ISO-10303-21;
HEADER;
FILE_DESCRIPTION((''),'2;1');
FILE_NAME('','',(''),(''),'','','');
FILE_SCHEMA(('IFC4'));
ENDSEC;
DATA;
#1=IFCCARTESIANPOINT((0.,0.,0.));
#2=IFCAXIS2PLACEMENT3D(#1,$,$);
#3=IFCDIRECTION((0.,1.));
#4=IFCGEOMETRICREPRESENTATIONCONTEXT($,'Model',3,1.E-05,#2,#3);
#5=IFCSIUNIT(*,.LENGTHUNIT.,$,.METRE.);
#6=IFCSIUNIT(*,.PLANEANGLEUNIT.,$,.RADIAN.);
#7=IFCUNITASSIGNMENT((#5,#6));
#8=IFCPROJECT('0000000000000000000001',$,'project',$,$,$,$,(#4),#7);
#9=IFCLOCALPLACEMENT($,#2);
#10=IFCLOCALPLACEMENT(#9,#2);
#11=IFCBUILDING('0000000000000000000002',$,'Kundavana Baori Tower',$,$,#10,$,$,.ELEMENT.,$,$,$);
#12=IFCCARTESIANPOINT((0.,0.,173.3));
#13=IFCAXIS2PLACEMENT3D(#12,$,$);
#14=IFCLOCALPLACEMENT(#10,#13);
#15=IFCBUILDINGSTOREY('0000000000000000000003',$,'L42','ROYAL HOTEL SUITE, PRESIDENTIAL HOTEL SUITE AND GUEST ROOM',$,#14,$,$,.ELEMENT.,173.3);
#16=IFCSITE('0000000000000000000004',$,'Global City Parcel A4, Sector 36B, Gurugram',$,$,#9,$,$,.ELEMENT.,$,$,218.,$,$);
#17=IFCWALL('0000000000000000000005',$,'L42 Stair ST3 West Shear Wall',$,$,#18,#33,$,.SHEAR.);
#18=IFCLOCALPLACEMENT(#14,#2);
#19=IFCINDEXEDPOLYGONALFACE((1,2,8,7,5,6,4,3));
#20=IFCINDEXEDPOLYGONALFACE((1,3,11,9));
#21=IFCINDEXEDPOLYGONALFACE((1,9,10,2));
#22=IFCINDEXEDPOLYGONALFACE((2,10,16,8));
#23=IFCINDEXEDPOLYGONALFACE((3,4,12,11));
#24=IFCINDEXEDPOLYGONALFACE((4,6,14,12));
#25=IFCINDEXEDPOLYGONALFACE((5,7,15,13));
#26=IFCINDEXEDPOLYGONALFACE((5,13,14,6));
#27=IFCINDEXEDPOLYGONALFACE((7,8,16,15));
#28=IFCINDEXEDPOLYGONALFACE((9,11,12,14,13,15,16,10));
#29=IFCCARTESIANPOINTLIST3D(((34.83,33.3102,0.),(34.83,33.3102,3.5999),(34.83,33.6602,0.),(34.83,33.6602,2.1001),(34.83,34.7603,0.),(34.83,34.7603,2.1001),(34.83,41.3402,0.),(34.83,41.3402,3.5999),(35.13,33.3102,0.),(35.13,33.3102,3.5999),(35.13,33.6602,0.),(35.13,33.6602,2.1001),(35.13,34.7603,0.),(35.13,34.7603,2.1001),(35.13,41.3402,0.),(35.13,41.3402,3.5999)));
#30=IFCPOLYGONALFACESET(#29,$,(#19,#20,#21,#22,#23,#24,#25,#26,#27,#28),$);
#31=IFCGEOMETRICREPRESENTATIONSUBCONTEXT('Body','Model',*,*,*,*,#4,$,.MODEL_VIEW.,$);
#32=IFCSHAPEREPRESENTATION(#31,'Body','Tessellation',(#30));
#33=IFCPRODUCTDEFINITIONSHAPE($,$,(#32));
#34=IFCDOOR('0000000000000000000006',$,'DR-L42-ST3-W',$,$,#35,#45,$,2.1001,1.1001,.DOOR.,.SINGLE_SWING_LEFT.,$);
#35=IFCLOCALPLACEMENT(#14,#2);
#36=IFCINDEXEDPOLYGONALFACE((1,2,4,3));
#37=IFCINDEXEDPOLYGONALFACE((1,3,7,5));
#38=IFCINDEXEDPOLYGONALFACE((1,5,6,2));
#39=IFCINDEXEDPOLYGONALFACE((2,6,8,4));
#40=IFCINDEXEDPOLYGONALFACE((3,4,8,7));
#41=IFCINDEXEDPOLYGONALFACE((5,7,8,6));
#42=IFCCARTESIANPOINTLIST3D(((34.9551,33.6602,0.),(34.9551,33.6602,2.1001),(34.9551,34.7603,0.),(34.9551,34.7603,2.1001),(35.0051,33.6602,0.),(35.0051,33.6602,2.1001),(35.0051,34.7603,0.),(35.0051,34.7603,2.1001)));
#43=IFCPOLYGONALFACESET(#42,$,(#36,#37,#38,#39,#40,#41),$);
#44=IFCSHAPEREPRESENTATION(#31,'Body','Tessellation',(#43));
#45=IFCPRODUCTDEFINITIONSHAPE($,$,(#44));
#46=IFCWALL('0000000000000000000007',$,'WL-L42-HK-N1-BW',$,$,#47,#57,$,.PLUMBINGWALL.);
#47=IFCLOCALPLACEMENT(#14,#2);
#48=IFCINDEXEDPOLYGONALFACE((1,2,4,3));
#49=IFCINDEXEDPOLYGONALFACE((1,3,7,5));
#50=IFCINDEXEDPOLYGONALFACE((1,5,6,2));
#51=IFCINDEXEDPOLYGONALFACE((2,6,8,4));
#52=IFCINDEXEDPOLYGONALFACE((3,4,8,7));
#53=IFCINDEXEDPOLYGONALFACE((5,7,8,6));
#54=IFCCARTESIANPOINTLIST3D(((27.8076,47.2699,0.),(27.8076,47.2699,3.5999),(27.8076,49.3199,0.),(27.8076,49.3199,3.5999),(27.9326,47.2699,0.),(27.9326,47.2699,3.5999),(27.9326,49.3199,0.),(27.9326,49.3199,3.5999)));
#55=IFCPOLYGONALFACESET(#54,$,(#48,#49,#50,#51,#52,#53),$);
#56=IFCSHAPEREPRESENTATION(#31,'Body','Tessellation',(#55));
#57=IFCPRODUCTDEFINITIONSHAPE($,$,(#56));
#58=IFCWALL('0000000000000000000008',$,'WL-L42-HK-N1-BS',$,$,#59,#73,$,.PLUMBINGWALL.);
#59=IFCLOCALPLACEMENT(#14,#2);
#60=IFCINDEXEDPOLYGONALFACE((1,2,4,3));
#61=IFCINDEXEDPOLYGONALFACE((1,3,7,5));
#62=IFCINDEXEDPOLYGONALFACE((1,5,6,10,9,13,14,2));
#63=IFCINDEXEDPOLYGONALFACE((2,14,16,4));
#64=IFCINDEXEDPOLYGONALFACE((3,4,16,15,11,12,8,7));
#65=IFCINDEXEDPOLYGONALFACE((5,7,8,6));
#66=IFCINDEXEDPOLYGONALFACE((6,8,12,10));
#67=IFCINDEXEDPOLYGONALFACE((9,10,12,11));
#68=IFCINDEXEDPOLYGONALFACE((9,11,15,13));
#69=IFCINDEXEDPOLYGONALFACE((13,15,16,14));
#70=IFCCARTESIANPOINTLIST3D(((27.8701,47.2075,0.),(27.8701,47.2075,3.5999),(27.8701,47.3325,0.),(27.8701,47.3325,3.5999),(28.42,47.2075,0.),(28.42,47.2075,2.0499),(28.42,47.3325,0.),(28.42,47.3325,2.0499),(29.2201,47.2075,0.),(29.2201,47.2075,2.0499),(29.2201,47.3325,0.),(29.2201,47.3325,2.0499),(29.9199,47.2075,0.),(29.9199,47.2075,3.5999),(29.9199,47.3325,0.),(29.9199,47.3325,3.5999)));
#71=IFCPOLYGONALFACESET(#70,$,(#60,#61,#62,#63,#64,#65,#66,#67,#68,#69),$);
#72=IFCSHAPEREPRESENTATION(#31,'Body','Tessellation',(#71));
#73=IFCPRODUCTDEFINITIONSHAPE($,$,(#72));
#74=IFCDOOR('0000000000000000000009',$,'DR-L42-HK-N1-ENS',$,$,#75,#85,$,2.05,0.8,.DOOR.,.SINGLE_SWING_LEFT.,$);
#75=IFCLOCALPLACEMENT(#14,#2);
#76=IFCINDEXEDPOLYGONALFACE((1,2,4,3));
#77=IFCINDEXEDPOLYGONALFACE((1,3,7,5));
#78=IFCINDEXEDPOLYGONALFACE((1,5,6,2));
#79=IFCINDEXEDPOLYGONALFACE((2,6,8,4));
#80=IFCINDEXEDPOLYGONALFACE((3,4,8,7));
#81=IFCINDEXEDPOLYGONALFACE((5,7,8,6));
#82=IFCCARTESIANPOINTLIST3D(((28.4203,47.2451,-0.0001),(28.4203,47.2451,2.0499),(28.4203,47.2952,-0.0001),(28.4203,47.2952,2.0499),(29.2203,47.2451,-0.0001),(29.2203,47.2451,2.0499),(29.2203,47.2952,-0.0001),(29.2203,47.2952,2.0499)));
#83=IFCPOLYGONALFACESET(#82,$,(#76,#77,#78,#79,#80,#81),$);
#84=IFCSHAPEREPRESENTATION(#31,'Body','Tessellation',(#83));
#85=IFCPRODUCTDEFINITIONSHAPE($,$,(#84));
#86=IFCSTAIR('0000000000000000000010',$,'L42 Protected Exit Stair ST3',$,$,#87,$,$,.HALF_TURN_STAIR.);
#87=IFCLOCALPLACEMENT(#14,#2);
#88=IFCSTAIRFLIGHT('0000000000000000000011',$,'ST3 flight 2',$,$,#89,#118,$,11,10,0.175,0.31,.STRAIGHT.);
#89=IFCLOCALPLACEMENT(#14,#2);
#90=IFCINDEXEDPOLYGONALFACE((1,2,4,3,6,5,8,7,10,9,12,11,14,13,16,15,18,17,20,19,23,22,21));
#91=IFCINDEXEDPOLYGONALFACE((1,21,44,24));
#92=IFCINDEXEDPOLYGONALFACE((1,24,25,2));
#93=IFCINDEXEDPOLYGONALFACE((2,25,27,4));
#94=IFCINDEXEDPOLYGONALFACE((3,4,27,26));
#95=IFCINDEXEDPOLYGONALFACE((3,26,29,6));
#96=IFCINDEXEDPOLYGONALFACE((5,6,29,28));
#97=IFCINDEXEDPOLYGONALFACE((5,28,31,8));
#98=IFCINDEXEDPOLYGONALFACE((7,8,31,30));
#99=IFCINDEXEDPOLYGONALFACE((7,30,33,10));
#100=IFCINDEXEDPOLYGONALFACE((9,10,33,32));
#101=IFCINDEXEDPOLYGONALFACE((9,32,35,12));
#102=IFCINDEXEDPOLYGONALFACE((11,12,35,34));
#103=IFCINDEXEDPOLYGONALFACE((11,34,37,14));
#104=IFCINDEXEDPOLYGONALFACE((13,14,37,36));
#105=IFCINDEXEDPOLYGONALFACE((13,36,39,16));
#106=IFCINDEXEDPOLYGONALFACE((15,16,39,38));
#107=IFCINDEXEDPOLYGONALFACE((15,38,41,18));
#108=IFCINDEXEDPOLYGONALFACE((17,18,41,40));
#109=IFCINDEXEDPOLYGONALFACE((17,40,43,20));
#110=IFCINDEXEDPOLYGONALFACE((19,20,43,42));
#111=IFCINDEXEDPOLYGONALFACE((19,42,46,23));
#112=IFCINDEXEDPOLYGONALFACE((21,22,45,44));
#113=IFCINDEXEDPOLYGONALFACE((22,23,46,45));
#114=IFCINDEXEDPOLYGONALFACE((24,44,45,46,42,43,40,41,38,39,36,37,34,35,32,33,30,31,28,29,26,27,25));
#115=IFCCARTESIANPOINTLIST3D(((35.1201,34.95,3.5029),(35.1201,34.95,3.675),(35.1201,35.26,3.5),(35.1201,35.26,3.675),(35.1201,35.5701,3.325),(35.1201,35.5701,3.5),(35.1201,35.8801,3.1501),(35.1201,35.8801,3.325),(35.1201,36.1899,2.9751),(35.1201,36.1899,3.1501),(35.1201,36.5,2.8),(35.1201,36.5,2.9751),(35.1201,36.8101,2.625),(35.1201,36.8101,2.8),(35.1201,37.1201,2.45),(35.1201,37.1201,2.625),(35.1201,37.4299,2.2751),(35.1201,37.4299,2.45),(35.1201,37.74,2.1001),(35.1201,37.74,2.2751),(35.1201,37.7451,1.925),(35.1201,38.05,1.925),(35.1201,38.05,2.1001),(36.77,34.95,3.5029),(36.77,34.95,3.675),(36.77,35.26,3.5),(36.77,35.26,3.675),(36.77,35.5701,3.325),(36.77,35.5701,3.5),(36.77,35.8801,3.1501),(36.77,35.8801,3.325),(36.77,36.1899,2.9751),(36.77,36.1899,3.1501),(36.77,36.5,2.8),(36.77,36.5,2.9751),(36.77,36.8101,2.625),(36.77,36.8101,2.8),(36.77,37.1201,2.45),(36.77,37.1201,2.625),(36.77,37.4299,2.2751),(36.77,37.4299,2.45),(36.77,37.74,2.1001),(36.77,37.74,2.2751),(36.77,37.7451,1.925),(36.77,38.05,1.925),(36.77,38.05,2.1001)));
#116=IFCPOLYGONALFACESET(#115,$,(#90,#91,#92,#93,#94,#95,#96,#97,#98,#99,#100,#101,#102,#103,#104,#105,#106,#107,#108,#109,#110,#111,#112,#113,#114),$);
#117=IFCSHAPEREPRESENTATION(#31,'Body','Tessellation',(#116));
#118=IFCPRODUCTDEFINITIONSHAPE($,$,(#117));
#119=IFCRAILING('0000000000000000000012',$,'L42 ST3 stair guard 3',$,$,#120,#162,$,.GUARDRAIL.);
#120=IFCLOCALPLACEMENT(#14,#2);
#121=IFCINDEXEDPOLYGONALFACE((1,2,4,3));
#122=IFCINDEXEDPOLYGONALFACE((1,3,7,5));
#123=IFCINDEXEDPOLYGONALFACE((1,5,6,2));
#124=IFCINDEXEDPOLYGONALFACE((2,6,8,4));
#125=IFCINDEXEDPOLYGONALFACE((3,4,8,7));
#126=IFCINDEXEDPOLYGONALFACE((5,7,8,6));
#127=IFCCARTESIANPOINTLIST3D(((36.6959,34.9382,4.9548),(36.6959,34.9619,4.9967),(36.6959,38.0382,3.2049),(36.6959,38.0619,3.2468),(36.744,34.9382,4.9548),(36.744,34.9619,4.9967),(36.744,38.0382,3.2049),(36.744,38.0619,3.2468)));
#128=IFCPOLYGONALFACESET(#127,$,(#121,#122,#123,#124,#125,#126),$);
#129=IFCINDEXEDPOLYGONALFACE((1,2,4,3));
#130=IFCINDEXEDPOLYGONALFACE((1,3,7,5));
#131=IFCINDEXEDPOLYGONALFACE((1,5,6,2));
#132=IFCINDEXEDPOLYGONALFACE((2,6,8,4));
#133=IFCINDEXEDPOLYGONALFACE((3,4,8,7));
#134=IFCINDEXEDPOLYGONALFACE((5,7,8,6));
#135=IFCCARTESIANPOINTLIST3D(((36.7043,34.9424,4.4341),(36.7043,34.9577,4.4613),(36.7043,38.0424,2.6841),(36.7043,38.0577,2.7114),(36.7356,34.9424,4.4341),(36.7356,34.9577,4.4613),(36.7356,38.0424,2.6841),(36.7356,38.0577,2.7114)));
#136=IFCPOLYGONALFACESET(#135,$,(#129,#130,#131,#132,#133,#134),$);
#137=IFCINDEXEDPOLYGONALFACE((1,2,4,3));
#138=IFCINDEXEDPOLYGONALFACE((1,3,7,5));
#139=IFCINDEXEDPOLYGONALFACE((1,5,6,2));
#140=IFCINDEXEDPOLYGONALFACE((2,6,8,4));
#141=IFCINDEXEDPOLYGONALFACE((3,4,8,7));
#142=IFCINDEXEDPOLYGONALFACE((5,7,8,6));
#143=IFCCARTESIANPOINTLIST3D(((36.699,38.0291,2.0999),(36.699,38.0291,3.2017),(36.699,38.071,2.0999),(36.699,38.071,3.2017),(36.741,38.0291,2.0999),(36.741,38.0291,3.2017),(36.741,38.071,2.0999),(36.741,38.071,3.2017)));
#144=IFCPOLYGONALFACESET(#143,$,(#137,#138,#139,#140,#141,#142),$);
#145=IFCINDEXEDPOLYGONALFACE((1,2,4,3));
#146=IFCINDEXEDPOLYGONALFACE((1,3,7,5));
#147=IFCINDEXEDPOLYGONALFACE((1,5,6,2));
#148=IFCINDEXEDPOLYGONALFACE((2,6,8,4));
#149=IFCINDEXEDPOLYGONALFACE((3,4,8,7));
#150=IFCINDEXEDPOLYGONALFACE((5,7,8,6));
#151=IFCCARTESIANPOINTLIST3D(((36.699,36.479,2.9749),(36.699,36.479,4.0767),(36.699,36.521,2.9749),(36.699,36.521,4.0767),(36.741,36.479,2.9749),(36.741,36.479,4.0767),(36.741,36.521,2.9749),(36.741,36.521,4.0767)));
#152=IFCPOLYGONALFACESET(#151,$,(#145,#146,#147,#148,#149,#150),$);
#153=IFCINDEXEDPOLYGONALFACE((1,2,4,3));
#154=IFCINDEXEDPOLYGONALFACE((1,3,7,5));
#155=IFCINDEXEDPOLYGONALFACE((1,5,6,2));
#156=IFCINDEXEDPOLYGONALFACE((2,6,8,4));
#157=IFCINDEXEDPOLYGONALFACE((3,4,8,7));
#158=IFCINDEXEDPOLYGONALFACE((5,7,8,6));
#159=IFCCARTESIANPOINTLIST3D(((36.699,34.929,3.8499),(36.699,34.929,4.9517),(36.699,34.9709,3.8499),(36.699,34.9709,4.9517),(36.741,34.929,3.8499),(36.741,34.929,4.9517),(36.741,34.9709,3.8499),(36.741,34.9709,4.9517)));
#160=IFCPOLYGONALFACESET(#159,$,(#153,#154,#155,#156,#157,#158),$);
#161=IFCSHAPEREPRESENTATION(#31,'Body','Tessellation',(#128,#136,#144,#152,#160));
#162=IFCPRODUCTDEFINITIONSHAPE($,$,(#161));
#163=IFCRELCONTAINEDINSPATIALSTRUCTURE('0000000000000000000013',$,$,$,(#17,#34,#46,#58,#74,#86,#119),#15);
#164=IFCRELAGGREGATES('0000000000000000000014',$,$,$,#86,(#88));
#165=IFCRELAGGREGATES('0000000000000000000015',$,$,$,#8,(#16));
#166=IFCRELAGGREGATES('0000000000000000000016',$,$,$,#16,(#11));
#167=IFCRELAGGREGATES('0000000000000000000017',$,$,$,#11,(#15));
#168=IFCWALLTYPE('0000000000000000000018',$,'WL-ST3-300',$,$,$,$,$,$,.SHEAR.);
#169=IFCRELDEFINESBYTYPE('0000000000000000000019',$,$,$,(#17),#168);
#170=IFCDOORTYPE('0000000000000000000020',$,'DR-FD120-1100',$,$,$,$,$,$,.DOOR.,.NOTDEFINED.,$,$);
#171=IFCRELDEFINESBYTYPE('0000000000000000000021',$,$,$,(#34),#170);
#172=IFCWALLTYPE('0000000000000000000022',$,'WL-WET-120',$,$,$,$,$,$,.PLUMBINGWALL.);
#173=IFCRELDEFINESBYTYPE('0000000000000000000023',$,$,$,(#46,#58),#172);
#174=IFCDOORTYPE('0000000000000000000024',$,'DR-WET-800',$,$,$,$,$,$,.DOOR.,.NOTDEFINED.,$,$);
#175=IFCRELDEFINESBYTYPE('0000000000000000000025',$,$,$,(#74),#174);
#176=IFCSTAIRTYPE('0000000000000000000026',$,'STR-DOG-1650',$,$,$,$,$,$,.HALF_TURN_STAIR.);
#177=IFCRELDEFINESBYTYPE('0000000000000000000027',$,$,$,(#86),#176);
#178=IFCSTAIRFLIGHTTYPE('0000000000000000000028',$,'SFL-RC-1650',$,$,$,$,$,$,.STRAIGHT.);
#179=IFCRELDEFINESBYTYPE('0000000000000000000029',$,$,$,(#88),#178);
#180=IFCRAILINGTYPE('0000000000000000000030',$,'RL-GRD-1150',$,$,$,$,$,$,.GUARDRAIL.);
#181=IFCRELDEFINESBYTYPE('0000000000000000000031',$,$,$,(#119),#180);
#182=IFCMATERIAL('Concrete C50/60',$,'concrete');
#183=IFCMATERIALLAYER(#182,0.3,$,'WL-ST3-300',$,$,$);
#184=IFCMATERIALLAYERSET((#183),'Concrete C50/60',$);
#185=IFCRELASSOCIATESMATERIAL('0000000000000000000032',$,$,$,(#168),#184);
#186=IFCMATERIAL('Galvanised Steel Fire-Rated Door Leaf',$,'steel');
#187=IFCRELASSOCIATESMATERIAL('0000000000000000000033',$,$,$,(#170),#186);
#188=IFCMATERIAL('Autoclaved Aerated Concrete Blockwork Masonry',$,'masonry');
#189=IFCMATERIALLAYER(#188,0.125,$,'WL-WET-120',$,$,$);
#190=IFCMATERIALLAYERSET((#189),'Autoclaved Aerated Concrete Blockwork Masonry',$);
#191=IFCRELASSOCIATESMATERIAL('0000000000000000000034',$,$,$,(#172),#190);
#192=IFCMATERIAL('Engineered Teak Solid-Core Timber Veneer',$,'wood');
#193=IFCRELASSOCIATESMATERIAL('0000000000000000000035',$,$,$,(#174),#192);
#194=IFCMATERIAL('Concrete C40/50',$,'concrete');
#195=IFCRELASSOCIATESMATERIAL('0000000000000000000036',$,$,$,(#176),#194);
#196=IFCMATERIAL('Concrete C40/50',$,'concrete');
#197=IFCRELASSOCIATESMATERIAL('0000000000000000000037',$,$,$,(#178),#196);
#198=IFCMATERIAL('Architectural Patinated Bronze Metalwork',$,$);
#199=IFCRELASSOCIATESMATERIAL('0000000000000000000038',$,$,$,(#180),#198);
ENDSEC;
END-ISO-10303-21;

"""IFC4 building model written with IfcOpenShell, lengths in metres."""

from ifc_helpers import new_model, si_unit, direction, frame, frame_2d, origin, origin_2d, place, context, subcontext, project, spatial, polyline, rectangle, outline, extrude, material, layer, layer_set, type_object, element, fill, aggregate, save


model = new_model("IFC4")

# Units and contexts
model_context = context("Model", 3, precision=1e-05, world=origin(), true_north=direction((0.0, 1.0)))
body_context = subcontext(model_context, "Body", "Model", "MODEL_VIEW")
ifc_project = project(units=[si_unit("LENGTHUNIT", "METRE"), si_unit("PLANEANGLEUNIT", "RADIAN")], contexts=[model_context])

# Site, building, storey
site_placement = place(None, origin())
site = spatial("IfcSite", under=ifc_project, at=site_placement, Name="Global City Parcel A4, Sector 36B, Gurugram", CompositionType="ELEMENT", RefElevation=218.0)
building_placement = place(site_placement, origin())
building = spatial("IfcBuilding", under=site, at=building_placement, Name="Kundavana Baori Tower", CompositionType="ELEMENT")
storey_placement = place(building_placement, frame((0.0, 0.0, 173.3)))
storey = spatial("IfcBuildingStorey", under=building, at=storey_placement, Name="L42", Description="ROYAL HOTEL SUITE, PRESIDENTIAL HOTEL SUITE AND GUEST ROOM", CompositionType="ELEMENT", Elevation=173.3)

# Shared definitions
ifc_material_1 = material(Name="Concrete C50/60", Category="concrete")
ifc_layer_1 = layer(ifc_material_1, 0.3, Name="WL-ST3-300")
ifc_layer_set_1 = layer_set([ifc_layer_1], Name="Concrete C50/60")
wall_type_1 = type_object("IfcWallType", Name="WL-ST3-300", PredefinedType="SHEAR", material=ifc_layer_set_1)

# Wall, opening, door
wall_1_placement = place(storey_placement, frame((34.98, 33.3101, 0.0), z_axis=(0.0, 0.0, 1.0), x_axis=(0.0, 1.0, 0.0)))
wall_1 = element("IfcWall", 1, at=wall_1_placement, inside=storey, type_object=wall_type_1, Name="L42 Stair ST3 West Shear Wall", PredefinedType="SHEAR", context=body_context, shape_type="SweptSolid", body=[
    extrude(rectangle(XDim=8.03, YDim=0.3, at=frame_2d((4.0151, 0.0))), origin(), (0.0, 0.0, 1.0), 3.5999),
])
opening_1_placement = place(wall_1_placement, frame((0.3501, 0.0, 0.0)))
opening_1 = element("IfcOpeningElement", 2, at=opening_1_placement, cuts=wall_1, PredefinedType="OPENING", context=body_context, shape_type="SweptSolid", body=[
    extrude(rectangle(XDim=1.1001, YDim=2.1001, at=frame_2d((0.55, 1.05))), frame((0.0, 0.1602, 0.0), z_axis=(0.0, -1.0, 0.0), x_axis=(1.0, 0.0, 0.0)), (0.0, 0.0, 1.0), 0.3201),
])
ifc_material_2 = material(Name="Galvanised Steel Fire-Rated Door Leaf", Category="steel")
door_type_1 = type_object("IfcDoorType", Name="DR-FD120-1100", OperationType="NOTDEFINED", PredefinedType="DOOR", material=ifc_material_2)
door_1_placement = place(opening_1_placement, origin())
door_1 = element("IfcDoor", 3, at=door_1_placement, inside=storey, type_object=door_type_1, Name="DR-L42-ST3-W", OperationType="SINGLE_SWING_LEFT", OverallHeight=2.1001, OverallWidth=1.1001, PredefinedType="DOOR", context=body_context, shape_type="SweptSolid", body=[
    extrude(rectangle(XDim=1.1001, YDim=2.1001, at=frame_2d((0.55, 1.05))), frame((0.0, 0.0249, 0.0), z_axis=(0.0, -1.0, 0.0), x_axis=(1.0, 0.0, 0.0)), (0.0, 0.0, 1.0), 0.05),
])
fill(opening_1, door_1)

# Wall
ifc_material_3 = material(Name="Autoclaved Aerated Concrete Blockwork Masonry", Category="masonry")
ifc_layer_2 = layer(ifc_material_3, 0.125, Name="WL-WET-120")
ifc_layer_set_2 = layer_set([ifc_layer_2], Name="Autoclaved Aerated Concrete Blockwork Masonry")
wall_type_2 = type_object("IfcWallType", Name="WL-WET-120", PredefinedType="PLUMBINGWALL", material=ifc_layer_set_2)
wall_2_placement = place(storey_placement, frame((27.8701, 47.27, 0.0), z_axis=(0.0, 0.0, 1.0), x_axis=(0.0, 1.0, 0.0)))
element("IfcWall", 4, at=wall_2_placement, inside=storey, type_object=wall_type_2, Name="WL-L42-HK-N1-BW", PredefinedType="PLUMBINGWALL", context=body_context, shape_type="SweptSolid", body=[
    extrude(rectangle(XDim=2.05, YDim=0.125, at=frame_2d((1.0249, 0.0))), origin(), (0.0, 0.0, 1.0), 3.5999),
])

# Wall, opening, door
wall_3_placement = place(storey_placement, frame((27.8701, 47.27, 0.0), z_axis=(0.0, 0.0, 1.0), x_axis=(1.0, 0.0, 0.0)))
wall_3 = element("IfcWall", 5, at=wall_3_placement, inside=storey, type_object=wall_type_2, Name="WL-L42-HK-N1-BS", PredefinedType="PLUMBINGWALL", context=body_context, shape_type="SweptSolid", body=[
    extrude(rectangle(XDim=2.0498, YDim=0.125, at=frame_2d((1.0249, 0.0))), origin(), (0.0, 0.0, 1.0), 3.5999),
])
opening_2_placement = place(wall_3_placement, frame((0.55, 0.0, 0.0)))
opening_2 = element("IfcOpeningElement", 6, at=opening_2_placement, cuts=wall_3, PredefinedType="OPENING", context=body_context, shape_type="SweptSolid", body=[
    extrude(rectangle(XDim=0.8, YDim=2.05, at=frame_2d((0.3999, 1.0249))), frame((0.0, 0.0725, 0.0), z_axis=(0.0, -1.0, 0.0), x_axis=(1.0, 0.0, 0.0)), (0.0, 0.0, 1.0), 0.145),
])
ifc_material_4 = material(Name="Engineered Teak Solid-Core Timber Veneer", Category="wood")
door_type_2 = type_object("IfcDoorType", Name="DR-WET-800", OperationType="NOTDEFINED", PredefinedType="DOOR", material=ifc_material_4)
door_2_placement = place(opening_2_placement, frame((0.8, 0.0, 0.0), z_axis=(0.0, 0.0, 1.0), x_axis=(-1.0, 0.0, 0.0)))
door_2 = element("IfcDoor", 7, at=door_2_placement, inside=storey, type_object=door_type_2, Name="DR-L42-HK-N1-ENS", OperationType="SINGLE_SWING_LEFT", OverallHeight=2.05, OverallWidth=0.8, PredefinedType="DOOR", context=body_context, shape_type="SweptSolid", body=[
    extrude(rectangle(XDim=0.8, YDim=2.05, at=frame_2d((0.3999, 1.0249))), frame((0.0, 0.0249, 0.0), z_axis=(0.0, -1.0, 0.0), x_axis=(1.0, 0.0, 0.0)), (0.0, 0.0, 1.0), 0.05),
])
fill(opening_2, door_2)

# Stair, stair flight
ifc_material_5 = material(Name="Concrete C40/50", Category="concrete")
stair_type = type_object("IfcStairType", Name="STR-DOG-1650", PredefinedType="HALF_TURN_STAIR", material=ifc_material_5)
stair_placement = place(storey_placement, origin())
stair = element("IfcStair", 8, at=stair_placement, inside=storey, type_object=stair_type, Name="L42 Protected Exit Stair ST3", PredefinedType="HALF_TURN_STAIR")
ifc_material_6 = material(Name="Concrete C40/50", Category="concrete")
stair_flight_type = type_object("IfcStairFlightType", Name="SFL-RC-1650", PredefinedType="STRAIGHT", material=ifc_material_6)
stair_flight_placement = place(storey_placement, frame((35.9451, 38.05, 1.925), z_axis=(0.0, 0.0, 1.0), x_axis=(0.0, -1.0, 0.0)))
stair_flight = element("IfcStairFlight", 9, at=stair_flight_placement, type_object=stair_flight_type, Name="ST3 flight 2", NumberOfRisers=11, NumberOfTreads=10, PredefinedType="STRAIGHT", RiserHeight=0.175, TreadLength=0.31, context=body_context, shape_type="SweptSolid", body=[
    extrude(outline(polyline([(0.0, 0.0), (0.0, 0.175), (0.3101, 0.175), (0.3101, 0.3501), (0.6201, 0.3501), (0.6201, 0.5249), (0.9299, 0.5249), (0.9299, 0.7), (1.24, 0.7), (1.24, 0.875), (1.55, 0.875), (1.55, 1.05), (1.8601, 1.05), (1.8601, 1.2251), (2.1699, 1.2251), (2.1699, 1.3999), (2.48, 1.3999), (2.48, 1.575), (2.79, 1.575), (2.79, 1.75), (3.1001, 1.75), (3.1001, 1.925), (3.1001, 1.5779), (0.3049, 0.0), (0.0, 0.0)])), frame((0.0, 0.825, 0.0), z_axis=(0.0, -1.0, 0.0), x_axis=(1.0, 0.0, 0.0)), (0.0, 0.0, 1.0), 1.6499),
])
aggregate(stair, [stair_flight])

# Railing
ifc_material_7 = material(Name="Architectural Patinated Bronze Metalwork")
railing_type_1 = type_object("IfcRailingType", Name="RL-GRD-1150", PredefinedType="GUARDRAIL", material=ifc_material_7)
railing_1_placement = place(storey_placement, frame((36.72, 38.05, 2.0999)))
element("IfcRailing", 10, at=railing_1_placement, inside=storey, type_object=railing_type_1, Name="L42 ST3 stair guard 3", PredefinedType="GUARDRAIL", context=body_context, shape_type="SweptSolid", body=[
    extrude(rectangle(XDim=0.0481, YDim=0.0481, at=origin_2d()), frame((0.0, 0.0, 1.126), z_axis=(0.0, -0.870831, 0.491583), x_axis=(1.0, 0.0, 0.0)), (0.0, 0.0, 1.0), 3.5598),
    extrude(rectangle(XDim=0.0312, YDim=0.0312, at=origin_2d()), frame((0.0, 0.0, 0.5979), z_axis=(0.0, -0.870831, 0.491583), x_axis=(1.0, 0.0, 0.0)), (0.0, 0.0, 1.0), 3.5598),
    extrude(rectangle(XDim=0.042, YDim=0.042, at=origin_2d()), origin(), (0.0, 0.0, 1.0), 1.1018),
    extrude(rectangle(XDim=0.042, YDim=0.042, at=origin_2d()), frame((0.0, -1.55, 0.875)), (0.0, 0.0, 1.0), 1.1018),
    extrude(rectangle(XDim=0.042, YDim=0.042, at=origin_2d()), frame((0.0, -3.1001, 1.75)), (0.0, 0.0, 1.0), 1.1018),
])

save(model, "model.ifc")
